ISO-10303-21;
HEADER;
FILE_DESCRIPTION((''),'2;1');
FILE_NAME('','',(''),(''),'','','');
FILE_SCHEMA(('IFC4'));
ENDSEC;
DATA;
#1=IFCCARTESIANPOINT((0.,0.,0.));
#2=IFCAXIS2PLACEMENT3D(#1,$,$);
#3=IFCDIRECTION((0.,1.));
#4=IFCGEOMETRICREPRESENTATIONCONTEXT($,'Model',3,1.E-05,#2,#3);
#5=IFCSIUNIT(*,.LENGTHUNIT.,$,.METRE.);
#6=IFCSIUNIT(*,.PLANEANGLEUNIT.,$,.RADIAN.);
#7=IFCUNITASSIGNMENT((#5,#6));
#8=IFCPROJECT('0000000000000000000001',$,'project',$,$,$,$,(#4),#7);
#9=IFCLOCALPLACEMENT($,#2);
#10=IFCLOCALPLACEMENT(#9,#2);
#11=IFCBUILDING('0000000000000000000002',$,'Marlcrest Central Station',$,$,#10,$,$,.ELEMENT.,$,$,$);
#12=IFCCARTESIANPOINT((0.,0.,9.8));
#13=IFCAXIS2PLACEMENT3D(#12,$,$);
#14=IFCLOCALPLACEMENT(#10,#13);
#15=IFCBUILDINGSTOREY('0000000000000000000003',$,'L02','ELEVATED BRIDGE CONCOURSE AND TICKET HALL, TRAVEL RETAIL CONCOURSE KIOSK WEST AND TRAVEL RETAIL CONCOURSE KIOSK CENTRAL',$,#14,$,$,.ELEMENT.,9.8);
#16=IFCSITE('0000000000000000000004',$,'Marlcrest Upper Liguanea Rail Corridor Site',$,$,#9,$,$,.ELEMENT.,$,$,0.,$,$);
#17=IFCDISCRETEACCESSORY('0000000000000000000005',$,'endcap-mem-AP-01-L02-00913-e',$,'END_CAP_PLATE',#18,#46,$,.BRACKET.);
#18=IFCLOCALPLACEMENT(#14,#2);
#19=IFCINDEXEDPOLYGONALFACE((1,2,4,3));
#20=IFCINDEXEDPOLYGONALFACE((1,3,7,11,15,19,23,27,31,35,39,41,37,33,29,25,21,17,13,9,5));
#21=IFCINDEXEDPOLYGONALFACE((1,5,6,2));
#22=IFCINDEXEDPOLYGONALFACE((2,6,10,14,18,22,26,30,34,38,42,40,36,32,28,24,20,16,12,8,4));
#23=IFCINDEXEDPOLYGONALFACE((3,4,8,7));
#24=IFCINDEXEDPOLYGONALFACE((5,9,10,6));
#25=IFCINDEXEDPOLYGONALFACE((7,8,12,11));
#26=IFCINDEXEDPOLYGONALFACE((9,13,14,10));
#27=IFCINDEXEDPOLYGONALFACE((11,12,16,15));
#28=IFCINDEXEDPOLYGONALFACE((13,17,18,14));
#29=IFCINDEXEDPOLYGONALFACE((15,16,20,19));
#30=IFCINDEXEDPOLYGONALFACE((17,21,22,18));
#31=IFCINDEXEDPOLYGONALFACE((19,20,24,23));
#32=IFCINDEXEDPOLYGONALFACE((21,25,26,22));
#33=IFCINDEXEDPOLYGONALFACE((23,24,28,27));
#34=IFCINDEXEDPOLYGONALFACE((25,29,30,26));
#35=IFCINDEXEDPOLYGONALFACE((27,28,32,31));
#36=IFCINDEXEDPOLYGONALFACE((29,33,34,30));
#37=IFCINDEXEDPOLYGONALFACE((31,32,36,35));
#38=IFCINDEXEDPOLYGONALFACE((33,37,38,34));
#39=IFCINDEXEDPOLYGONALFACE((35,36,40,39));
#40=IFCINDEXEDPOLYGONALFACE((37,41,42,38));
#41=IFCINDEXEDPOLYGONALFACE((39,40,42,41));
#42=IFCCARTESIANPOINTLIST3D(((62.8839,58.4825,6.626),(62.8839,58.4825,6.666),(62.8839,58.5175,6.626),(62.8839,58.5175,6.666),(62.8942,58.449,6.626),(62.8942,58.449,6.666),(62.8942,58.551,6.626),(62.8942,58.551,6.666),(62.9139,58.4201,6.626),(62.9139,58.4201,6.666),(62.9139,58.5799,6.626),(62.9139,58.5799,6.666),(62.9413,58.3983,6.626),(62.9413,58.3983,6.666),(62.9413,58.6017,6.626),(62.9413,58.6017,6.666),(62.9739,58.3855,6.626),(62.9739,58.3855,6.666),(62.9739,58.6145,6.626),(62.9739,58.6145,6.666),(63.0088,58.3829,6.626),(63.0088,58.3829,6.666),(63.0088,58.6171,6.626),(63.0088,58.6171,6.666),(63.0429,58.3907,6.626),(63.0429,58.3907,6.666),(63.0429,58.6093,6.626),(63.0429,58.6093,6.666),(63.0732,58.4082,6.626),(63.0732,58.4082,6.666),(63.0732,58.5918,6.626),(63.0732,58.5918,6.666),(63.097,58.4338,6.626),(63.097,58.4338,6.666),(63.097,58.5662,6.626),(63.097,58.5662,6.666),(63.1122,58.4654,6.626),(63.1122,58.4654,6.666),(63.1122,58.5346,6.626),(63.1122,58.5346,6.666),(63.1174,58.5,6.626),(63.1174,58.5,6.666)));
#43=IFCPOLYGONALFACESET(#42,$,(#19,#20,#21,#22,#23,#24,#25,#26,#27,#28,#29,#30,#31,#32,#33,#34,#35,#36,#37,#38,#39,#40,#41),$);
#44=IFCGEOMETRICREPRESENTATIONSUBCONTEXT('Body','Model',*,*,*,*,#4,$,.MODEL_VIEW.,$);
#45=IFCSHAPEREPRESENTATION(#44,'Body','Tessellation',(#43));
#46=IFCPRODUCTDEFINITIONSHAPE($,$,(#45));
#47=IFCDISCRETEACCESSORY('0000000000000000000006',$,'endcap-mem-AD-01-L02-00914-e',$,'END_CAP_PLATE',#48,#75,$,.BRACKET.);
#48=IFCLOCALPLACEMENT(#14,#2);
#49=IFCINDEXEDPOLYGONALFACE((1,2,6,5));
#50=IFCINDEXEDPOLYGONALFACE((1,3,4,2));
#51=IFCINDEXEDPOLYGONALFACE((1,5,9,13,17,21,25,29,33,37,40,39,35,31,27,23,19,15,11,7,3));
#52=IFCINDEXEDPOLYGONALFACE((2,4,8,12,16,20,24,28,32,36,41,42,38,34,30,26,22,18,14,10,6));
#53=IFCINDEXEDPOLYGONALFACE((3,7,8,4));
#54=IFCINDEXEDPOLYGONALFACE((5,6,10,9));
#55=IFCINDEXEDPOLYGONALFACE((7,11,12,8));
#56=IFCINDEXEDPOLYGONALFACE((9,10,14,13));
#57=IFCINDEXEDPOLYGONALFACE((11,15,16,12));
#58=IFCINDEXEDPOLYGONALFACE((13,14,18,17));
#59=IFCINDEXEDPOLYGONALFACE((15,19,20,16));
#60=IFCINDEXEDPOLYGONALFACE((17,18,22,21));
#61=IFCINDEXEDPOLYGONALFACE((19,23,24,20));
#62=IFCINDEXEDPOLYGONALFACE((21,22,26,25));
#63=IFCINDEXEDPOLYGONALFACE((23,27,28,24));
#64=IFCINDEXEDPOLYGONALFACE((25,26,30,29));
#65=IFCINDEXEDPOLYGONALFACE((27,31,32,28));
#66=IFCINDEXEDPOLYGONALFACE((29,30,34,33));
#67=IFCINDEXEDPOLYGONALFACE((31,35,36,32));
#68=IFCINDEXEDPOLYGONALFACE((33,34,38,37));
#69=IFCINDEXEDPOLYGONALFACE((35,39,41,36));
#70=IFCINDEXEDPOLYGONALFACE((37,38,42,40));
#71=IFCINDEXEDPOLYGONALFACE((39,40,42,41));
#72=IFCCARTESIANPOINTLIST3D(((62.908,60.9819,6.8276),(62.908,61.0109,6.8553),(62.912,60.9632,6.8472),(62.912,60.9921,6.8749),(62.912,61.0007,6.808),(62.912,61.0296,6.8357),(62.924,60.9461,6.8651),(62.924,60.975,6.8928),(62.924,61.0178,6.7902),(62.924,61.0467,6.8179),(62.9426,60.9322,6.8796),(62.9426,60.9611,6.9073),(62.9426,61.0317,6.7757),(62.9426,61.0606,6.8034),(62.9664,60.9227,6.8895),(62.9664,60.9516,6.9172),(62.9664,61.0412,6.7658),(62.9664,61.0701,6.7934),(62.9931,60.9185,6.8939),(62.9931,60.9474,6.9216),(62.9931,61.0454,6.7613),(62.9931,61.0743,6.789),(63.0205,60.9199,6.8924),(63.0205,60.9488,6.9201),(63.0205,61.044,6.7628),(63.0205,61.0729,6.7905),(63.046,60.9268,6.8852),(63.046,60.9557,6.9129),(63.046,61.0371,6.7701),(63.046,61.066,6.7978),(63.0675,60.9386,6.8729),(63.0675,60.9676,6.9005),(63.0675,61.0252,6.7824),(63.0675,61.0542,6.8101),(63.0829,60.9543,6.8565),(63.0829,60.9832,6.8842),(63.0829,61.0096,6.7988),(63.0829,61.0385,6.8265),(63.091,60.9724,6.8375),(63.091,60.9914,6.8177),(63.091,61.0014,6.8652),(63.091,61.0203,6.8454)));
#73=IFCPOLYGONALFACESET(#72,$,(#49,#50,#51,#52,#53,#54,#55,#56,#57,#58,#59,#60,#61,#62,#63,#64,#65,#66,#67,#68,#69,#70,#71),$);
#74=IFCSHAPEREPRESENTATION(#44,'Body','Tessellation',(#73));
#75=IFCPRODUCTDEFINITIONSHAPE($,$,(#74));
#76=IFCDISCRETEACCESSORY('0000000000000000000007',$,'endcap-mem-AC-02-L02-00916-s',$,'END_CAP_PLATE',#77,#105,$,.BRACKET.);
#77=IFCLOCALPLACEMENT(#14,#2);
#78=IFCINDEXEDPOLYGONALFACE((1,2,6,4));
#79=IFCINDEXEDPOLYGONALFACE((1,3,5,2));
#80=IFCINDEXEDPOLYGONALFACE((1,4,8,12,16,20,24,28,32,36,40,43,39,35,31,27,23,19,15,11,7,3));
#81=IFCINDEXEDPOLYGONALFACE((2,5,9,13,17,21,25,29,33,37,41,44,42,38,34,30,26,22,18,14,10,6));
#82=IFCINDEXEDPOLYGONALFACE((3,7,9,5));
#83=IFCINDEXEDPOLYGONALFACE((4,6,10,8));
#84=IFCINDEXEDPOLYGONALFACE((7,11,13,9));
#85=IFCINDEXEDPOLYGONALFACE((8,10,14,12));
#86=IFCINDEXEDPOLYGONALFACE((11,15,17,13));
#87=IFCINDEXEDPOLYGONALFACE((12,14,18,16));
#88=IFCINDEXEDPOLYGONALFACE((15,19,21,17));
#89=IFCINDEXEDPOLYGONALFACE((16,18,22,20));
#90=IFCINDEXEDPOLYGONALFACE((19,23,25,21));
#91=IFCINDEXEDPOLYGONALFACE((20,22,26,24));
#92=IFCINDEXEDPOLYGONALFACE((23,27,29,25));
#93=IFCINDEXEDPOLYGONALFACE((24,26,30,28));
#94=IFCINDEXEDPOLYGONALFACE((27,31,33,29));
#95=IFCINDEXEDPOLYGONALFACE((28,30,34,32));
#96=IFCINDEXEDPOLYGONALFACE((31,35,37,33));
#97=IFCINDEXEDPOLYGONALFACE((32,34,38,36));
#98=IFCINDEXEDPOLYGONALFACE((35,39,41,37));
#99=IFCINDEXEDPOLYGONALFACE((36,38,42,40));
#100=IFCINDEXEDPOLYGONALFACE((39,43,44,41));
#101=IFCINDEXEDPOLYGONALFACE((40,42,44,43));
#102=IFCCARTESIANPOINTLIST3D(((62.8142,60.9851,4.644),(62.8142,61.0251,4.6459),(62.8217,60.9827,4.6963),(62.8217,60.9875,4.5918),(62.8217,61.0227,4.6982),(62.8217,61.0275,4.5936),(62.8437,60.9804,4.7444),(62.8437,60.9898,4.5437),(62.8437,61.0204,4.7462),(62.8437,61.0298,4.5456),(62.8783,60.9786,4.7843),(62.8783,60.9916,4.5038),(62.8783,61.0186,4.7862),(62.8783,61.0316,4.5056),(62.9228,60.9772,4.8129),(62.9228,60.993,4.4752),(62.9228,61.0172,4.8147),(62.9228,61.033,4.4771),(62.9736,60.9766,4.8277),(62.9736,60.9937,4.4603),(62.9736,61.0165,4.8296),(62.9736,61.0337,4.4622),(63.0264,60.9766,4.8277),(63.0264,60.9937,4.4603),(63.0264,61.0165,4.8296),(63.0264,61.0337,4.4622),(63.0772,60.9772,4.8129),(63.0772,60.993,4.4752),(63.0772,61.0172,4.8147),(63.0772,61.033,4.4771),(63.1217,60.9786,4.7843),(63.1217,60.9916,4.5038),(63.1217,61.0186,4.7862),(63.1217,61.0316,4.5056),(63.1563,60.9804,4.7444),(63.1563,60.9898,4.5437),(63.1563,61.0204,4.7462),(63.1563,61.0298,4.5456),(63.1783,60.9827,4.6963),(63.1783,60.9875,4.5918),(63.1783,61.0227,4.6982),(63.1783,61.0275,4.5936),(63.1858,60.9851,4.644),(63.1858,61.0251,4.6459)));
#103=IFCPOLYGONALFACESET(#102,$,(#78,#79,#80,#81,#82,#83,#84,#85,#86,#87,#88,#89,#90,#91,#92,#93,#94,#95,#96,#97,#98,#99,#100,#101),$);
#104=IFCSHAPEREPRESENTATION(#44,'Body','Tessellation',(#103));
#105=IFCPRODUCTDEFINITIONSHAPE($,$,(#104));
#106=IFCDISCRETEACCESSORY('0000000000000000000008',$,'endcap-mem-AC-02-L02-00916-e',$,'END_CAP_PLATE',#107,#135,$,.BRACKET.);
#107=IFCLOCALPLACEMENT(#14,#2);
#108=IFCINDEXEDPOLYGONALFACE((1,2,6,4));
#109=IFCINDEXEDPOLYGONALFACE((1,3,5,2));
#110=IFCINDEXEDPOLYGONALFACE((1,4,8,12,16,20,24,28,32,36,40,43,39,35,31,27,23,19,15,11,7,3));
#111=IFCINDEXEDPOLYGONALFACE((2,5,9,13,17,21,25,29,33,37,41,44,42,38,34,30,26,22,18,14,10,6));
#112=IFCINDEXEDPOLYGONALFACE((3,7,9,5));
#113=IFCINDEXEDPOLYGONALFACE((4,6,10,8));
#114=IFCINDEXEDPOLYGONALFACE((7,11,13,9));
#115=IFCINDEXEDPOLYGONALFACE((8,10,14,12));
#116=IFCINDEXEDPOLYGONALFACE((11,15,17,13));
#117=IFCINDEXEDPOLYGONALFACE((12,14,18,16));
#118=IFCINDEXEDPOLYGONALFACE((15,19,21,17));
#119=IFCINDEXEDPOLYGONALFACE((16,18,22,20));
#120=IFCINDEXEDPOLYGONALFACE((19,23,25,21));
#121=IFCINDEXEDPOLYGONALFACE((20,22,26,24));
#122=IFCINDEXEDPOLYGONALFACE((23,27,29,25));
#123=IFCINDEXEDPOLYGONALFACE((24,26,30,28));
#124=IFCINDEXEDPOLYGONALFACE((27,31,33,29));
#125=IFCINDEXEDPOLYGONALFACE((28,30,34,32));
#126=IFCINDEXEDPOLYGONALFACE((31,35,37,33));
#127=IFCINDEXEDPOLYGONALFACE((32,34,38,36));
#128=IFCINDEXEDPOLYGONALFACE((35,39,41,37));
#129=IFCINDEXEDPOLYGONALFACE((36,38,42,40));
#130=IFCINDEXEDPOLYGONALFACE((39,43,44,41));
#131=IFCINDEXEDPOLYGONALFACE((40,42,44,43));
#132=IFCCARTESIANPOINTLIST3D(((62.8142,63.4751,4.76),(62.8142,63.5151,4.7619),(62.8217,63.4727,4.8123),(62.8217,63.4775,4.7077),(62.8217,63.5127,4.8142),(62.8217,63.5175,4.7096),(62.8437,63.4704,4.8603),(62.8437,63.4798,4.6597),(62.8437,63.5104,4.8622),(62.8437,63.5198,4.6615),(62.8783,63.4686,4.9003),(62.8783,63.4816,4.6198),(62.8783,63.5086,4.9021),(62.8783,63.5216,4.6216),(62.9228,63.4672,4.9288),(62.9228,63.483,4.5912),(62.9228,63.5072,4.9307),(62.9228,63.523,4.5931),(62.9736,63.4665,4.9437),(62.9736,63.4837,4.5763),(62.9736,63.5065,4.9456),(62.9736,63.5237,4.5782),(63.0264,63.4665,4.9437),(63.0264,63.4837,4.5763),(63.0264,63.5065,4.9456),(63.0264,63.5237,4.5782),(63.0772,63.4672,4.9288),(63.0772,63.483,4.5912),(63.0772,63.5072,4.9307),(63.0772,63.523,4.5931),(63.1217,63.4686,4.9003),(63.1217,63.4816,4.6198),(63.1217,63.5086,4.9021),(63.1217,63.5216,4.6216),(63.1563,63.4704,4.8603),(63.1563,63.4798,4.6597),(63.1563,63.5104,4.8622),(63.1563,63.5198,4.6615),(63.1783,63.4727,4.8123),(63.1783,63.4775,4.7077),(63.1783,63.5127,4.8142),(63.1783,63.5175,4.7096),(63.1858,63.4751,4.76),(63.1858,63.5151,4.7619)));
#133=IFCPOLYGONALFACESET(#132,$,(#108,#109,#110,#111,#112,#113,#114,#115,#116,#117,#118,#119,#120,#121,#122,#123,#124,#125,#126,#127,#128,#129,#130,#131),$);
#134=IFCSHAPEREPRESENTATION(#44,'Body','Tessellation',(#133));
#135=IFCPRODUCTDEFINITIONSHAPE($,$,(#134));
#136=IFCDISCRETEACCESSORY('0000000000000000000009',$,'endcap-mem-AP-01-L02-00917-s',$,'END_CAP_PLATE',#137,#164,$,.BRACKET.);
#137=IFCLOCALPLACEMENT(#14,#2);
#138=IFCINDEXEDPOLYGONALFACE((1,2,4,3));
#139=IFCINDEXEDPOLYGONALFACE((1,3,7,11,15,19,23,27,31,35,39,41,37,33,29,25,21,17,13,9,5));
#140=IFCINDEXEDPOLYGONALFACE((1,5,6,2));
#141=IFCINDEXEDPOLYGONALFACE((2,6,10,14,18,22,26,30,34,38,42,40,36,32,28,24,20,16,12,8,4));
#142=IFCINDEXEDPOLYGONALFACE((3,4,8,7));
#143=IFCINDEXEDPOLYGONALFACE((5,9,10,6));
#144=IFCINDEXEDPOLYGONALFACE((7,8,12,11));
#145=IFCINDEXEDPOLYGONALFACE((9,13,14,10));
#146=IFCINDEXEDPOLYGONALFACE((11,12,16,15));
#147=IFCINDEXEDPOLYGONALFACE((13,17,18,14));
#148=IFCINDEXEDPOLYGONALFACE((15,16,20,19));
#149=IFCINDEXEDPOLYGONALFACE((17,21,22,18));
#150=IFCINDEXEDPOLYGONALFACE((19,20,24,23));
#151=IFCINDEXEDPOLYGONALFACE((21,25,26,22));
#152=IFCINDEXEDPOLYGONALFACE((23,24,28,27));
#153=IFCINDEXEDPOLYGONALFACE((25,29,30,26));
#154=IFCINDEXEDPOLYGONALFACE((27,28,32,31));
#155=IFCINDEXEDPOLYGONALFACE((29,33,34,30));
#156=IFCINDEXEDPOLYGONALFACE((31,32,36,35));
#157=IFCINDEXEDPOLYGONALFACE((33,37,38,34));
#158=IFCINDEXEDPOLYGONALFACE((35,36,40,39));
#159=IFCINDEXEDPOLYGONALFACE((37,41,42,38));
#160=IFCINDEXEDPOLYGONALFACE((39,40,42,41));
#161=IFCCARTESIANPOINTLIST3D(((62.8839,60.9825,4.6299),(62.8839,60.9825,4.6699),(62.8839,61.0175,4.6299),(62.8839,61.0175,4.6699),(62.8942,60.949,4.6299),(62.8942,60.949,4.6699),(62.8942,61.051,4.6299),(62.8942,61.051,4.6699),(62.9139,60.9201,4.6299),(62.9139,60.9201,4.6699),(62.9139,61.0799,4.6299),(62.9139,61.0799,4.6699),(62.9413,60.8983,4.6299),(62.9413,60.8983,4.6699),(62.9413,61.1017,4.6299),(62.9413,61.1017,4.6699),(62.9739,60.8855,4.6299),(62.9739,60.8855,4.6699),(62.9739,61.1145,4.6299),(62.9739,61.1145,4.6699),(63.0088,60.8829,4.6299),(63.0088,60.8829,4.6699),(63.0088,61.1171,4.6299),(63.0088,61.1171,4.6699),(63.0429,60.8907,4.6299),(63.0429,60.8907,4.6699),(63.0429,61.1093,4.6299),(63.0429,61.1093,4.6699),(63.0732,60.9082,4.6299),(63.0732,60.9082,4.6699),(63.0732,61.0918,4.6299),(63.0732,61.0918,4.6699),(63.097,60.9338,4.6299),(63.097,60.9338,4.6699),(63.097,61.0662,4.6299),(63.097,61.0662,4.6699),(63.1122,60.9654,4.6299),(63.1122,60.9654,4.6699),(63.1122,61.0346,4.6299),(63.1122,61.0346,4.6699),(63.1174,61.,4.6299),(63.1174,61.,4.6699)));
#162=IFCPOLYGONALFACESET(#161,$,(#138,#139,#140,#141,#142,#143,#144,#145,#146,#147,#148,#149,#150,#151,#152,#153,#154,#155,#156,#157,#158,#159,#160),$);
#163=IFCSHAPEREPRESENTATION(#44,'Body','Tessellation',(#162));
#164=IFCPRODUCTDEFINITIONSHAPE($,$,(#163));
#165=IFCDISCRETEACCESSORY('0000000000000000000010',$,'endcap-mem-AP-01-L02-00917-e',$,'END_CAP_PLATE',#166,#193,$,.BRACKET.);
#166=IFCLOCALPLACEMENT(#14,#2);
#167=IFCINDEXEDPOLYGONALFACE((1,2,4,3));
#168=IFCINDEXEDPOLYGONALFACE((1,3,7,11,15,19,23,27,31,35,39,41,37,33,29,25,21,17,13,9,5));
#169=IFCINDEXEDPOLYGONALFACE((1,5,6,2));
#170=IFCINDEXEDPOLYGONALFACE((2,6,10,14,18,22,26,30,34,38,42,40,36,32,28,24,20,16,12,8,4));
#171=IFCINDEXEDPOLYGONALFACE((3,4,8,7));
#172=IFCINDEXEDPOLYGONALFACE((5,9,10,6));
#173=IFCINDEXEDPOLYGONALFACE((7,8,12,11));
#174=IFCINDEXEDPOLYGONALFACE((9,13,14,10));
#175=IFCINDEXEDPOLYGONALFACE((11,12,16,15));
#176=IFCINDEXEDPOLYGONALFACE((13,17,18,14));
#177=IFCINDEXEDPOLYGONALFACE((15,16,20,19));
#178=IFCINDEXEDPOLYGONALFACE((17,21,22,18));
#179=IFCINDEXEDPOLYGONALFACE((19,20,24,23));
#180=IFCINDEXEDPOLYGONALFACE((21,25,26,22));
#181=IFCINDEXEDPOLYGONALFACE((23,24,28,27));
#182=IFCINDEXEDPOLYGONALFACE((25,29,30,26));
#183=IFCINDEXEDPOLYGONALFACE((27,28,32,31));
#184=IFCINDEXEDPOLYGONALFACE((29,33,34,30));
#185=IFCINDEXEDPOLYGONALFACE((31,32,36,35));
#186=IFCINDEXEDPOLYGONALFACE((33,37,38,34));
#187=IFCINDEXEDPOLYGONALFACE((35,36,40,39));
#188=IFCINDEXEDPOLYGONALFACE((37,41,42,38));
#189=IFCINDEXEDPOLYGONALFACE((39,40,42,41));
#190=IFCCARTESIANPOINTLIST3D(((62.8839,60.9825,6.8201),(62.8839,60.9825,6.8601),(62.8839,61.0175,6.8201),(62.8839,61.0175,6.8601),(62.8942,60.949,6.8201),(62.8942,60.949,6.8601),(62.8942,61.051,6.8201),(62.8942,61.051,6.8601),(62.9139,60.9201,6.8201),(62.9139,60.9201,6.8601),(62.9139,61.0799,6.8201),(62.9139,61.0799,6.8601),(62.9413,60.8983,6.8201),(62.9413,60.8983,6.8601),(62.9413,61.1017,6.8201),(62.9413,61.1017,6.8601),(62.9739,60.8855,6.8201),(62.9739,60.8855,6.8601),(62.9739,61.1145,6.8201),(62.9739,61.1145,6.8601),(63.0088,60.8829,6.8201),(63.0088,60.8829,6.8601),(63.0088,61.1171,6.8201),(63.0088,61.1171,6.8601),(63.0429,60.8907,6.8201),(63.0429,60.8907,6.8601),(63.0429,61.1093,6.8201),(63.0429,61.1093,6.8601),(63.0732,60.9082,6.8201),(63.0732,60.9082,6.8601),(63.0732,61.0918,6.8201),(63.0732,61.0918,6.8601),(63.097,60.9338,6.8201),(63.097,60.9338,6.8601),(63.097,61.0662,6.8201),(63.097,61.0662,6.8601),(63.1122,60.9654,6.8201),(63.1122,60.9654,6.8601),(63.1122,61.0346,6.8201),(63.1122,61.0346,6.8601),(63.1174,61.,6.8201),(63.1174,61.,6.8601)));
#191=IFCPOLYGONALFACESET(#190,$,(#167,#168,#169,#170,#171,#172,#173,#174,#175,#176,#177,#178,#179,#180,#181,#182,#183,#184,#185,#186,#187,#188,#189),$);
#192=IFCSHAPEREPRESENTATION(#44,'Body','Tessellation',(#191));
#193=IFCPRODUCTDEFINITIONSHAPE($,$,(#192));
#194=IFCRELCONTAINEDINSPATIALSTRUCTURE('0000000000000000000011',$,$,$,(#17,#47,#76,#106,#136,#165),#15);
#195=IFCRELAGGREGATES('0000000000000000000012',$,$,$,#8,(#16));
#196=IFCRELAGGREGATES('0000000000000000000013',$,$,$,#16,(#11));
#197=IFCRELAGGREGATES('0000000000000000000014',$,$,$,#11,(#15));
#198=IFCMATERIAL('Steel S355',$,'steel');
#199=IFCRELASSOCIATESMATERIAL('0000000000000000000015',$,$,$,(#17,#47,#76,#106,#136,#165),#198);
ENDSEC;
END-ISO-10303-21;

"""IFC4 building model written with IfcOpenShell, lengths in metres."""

from ifc_helpers import new_model, si_unit, direction, frame, origin, origin_2d, place, context, subcontext, project, spatial, circle, extrude, material, element, save


model = new_model("IFC4")

# Units and contexts
model_context = context("Model", 3, precision=1e-05, world=origin(), true_north=direction((0.0, 1.0)))
body_context = subcontext(model_context, "Body", "Model", "MODEL_VIEW")
ifc_project = project(units=[si_unit("LENGTHUNIT", "METRE"), si_unit("PLANEANGLEUNIT", "RADIAN")], contexts=[model_context])

# Site, building, storey
site_placement = place(None, origin())
site = spatial("IfcSite", under=ifc_project, at=site_placement, Name="Marlcrest Upper Liguanea Rail Corridor Site", CompositionType="ELEMENT", RefElevation=0.0)
building_placement = place(site_placement, origin())
building = spatial("IfcBuilding", under=site, at=building_placement, Name="Marlcrest Central Station", CompositionType="ELEMENT")
storey_placement = place(building_placement, frame((0.0, 0.0, 9.8)))
storey = spatial("IfcBuildingStorey", under=building, at=storey_placement, Name="L02", Description="ELEVATED BRIDGE CONCOURSE AND TICKET HALL, TRAVEL RETAIL CONCOURSE KIOSK WEST AND TRAVEL RETAIL CONCOURSE KIOSK CENTRAL", CompositionType="ELEMENT", Elevation=9.8)

# Shared definitions
ifc_material = material(Name="Steel S355", Category="steel")

# Discrete accessories
for number, where, z_axis, x_axis, name in (
    (1, (63.0, 58.5, 6.626), (0.0, 0.0, 1.0), (1.0, 0.0, 0.0), "endcap-mem-AP-01-L02-00913-e"),
):
    element("IfcDiscreteAccessory", number, at=place(storey_placement, frame(where, z_axis=z_axis, x_axis=x_axis)), inside=storey, material=ifc_material, Name=name, ObjectType="END_CAP_PLATE", PredefinedType="BRACKET", context=body_context, shape_type="SweptSolid", body=[
        extrude(circle(Radius=0.1174, at=origin_2d()), origin(), (0.0, 0.0, 1.0), 0.04),
    ])
discrete_accessory_1_placement = place(storey_placement, frame((63.0, 60.9819, 6.8276), z_axis=(0.0, 0.722247, 0.691636), x_axis=(-1.0, 0.0, 0.0)))
element("IfcDiscreteAccessory", 2, at=discrete_accessory_1_placement, inside=storey, material=ifc_material, Name="endcap-mem-AD-01-L02-00914-e", ObjectType="END_CAP_PLATE", PredefinedType="BRACKET", context=body_context, shape_type="SweptSolid", body=[
    extrude(circle(Radius=0.092, at=origin_2d()), origin(), (0.0, 0.0, 1.0), 0.04),
])
for number, where, z_axis, x_axis, name in (
    (3, (63.0, 60.9851, 4.644), (0.0, 0.998917, 0.046532), (-1.0, 0.0, 0.0), "endcap-mem-AC-02-L02-00916-s"),
    (4, (63.0, 63.4751, 4.76), (0.0, 0.998917, 0.046532), (-1.0, 0.0, 0.0), "endcap-mem-AC-02-L02-00916-e"),
):
    element("IfcDiscreteAccessory", number, at=place(storey_placement, frame(where, z_axis=z_axis, x_axis=x_axis)), inside=storey, material=ifc_material, Name=name, ObjectType="END_CAP_PLATE", PredefinedType="BRACKET", context=body_context, shape_type="SweptSolid", body=[
        extrude(circle(Radius=0.1858, at=origin_2d()), origin(), (0.0, 0.0, 1.0), 0.04),
    ])
for number, where, z_axis, x_axis, name in (
    (5, (63.0, 61.0, 4.6299), (0.0, 0.0, 1.0), (1.0, 0.0, 0.0), "endcap-mem-AP-01-L02-00917-s"),
    (6, (63.0, 61.0, 6.8201), (0.0, 0.0, 1.0), (1.0, 0.0, 0.0), "endcap-mem-AP-01-L02-00917-e"),
):
    element("IfcDiscreteAccessory", number, at=place(storey_placement, frame(where, z_axis=z_axis, x_axis=x_axis)), inside=storey, material=ifc_material, Name=name, ObjectType="END_CAP_PLATE", PredefinedType="BRACKET", context=body_context, shape_type="SweptSolid", body=[
        extrude(circle(Radius=0.1174, at=origin_2d()), origin(), (0.0, 0.0, 1.0), 0.04),
    ])

save(model, "model.ifc")
